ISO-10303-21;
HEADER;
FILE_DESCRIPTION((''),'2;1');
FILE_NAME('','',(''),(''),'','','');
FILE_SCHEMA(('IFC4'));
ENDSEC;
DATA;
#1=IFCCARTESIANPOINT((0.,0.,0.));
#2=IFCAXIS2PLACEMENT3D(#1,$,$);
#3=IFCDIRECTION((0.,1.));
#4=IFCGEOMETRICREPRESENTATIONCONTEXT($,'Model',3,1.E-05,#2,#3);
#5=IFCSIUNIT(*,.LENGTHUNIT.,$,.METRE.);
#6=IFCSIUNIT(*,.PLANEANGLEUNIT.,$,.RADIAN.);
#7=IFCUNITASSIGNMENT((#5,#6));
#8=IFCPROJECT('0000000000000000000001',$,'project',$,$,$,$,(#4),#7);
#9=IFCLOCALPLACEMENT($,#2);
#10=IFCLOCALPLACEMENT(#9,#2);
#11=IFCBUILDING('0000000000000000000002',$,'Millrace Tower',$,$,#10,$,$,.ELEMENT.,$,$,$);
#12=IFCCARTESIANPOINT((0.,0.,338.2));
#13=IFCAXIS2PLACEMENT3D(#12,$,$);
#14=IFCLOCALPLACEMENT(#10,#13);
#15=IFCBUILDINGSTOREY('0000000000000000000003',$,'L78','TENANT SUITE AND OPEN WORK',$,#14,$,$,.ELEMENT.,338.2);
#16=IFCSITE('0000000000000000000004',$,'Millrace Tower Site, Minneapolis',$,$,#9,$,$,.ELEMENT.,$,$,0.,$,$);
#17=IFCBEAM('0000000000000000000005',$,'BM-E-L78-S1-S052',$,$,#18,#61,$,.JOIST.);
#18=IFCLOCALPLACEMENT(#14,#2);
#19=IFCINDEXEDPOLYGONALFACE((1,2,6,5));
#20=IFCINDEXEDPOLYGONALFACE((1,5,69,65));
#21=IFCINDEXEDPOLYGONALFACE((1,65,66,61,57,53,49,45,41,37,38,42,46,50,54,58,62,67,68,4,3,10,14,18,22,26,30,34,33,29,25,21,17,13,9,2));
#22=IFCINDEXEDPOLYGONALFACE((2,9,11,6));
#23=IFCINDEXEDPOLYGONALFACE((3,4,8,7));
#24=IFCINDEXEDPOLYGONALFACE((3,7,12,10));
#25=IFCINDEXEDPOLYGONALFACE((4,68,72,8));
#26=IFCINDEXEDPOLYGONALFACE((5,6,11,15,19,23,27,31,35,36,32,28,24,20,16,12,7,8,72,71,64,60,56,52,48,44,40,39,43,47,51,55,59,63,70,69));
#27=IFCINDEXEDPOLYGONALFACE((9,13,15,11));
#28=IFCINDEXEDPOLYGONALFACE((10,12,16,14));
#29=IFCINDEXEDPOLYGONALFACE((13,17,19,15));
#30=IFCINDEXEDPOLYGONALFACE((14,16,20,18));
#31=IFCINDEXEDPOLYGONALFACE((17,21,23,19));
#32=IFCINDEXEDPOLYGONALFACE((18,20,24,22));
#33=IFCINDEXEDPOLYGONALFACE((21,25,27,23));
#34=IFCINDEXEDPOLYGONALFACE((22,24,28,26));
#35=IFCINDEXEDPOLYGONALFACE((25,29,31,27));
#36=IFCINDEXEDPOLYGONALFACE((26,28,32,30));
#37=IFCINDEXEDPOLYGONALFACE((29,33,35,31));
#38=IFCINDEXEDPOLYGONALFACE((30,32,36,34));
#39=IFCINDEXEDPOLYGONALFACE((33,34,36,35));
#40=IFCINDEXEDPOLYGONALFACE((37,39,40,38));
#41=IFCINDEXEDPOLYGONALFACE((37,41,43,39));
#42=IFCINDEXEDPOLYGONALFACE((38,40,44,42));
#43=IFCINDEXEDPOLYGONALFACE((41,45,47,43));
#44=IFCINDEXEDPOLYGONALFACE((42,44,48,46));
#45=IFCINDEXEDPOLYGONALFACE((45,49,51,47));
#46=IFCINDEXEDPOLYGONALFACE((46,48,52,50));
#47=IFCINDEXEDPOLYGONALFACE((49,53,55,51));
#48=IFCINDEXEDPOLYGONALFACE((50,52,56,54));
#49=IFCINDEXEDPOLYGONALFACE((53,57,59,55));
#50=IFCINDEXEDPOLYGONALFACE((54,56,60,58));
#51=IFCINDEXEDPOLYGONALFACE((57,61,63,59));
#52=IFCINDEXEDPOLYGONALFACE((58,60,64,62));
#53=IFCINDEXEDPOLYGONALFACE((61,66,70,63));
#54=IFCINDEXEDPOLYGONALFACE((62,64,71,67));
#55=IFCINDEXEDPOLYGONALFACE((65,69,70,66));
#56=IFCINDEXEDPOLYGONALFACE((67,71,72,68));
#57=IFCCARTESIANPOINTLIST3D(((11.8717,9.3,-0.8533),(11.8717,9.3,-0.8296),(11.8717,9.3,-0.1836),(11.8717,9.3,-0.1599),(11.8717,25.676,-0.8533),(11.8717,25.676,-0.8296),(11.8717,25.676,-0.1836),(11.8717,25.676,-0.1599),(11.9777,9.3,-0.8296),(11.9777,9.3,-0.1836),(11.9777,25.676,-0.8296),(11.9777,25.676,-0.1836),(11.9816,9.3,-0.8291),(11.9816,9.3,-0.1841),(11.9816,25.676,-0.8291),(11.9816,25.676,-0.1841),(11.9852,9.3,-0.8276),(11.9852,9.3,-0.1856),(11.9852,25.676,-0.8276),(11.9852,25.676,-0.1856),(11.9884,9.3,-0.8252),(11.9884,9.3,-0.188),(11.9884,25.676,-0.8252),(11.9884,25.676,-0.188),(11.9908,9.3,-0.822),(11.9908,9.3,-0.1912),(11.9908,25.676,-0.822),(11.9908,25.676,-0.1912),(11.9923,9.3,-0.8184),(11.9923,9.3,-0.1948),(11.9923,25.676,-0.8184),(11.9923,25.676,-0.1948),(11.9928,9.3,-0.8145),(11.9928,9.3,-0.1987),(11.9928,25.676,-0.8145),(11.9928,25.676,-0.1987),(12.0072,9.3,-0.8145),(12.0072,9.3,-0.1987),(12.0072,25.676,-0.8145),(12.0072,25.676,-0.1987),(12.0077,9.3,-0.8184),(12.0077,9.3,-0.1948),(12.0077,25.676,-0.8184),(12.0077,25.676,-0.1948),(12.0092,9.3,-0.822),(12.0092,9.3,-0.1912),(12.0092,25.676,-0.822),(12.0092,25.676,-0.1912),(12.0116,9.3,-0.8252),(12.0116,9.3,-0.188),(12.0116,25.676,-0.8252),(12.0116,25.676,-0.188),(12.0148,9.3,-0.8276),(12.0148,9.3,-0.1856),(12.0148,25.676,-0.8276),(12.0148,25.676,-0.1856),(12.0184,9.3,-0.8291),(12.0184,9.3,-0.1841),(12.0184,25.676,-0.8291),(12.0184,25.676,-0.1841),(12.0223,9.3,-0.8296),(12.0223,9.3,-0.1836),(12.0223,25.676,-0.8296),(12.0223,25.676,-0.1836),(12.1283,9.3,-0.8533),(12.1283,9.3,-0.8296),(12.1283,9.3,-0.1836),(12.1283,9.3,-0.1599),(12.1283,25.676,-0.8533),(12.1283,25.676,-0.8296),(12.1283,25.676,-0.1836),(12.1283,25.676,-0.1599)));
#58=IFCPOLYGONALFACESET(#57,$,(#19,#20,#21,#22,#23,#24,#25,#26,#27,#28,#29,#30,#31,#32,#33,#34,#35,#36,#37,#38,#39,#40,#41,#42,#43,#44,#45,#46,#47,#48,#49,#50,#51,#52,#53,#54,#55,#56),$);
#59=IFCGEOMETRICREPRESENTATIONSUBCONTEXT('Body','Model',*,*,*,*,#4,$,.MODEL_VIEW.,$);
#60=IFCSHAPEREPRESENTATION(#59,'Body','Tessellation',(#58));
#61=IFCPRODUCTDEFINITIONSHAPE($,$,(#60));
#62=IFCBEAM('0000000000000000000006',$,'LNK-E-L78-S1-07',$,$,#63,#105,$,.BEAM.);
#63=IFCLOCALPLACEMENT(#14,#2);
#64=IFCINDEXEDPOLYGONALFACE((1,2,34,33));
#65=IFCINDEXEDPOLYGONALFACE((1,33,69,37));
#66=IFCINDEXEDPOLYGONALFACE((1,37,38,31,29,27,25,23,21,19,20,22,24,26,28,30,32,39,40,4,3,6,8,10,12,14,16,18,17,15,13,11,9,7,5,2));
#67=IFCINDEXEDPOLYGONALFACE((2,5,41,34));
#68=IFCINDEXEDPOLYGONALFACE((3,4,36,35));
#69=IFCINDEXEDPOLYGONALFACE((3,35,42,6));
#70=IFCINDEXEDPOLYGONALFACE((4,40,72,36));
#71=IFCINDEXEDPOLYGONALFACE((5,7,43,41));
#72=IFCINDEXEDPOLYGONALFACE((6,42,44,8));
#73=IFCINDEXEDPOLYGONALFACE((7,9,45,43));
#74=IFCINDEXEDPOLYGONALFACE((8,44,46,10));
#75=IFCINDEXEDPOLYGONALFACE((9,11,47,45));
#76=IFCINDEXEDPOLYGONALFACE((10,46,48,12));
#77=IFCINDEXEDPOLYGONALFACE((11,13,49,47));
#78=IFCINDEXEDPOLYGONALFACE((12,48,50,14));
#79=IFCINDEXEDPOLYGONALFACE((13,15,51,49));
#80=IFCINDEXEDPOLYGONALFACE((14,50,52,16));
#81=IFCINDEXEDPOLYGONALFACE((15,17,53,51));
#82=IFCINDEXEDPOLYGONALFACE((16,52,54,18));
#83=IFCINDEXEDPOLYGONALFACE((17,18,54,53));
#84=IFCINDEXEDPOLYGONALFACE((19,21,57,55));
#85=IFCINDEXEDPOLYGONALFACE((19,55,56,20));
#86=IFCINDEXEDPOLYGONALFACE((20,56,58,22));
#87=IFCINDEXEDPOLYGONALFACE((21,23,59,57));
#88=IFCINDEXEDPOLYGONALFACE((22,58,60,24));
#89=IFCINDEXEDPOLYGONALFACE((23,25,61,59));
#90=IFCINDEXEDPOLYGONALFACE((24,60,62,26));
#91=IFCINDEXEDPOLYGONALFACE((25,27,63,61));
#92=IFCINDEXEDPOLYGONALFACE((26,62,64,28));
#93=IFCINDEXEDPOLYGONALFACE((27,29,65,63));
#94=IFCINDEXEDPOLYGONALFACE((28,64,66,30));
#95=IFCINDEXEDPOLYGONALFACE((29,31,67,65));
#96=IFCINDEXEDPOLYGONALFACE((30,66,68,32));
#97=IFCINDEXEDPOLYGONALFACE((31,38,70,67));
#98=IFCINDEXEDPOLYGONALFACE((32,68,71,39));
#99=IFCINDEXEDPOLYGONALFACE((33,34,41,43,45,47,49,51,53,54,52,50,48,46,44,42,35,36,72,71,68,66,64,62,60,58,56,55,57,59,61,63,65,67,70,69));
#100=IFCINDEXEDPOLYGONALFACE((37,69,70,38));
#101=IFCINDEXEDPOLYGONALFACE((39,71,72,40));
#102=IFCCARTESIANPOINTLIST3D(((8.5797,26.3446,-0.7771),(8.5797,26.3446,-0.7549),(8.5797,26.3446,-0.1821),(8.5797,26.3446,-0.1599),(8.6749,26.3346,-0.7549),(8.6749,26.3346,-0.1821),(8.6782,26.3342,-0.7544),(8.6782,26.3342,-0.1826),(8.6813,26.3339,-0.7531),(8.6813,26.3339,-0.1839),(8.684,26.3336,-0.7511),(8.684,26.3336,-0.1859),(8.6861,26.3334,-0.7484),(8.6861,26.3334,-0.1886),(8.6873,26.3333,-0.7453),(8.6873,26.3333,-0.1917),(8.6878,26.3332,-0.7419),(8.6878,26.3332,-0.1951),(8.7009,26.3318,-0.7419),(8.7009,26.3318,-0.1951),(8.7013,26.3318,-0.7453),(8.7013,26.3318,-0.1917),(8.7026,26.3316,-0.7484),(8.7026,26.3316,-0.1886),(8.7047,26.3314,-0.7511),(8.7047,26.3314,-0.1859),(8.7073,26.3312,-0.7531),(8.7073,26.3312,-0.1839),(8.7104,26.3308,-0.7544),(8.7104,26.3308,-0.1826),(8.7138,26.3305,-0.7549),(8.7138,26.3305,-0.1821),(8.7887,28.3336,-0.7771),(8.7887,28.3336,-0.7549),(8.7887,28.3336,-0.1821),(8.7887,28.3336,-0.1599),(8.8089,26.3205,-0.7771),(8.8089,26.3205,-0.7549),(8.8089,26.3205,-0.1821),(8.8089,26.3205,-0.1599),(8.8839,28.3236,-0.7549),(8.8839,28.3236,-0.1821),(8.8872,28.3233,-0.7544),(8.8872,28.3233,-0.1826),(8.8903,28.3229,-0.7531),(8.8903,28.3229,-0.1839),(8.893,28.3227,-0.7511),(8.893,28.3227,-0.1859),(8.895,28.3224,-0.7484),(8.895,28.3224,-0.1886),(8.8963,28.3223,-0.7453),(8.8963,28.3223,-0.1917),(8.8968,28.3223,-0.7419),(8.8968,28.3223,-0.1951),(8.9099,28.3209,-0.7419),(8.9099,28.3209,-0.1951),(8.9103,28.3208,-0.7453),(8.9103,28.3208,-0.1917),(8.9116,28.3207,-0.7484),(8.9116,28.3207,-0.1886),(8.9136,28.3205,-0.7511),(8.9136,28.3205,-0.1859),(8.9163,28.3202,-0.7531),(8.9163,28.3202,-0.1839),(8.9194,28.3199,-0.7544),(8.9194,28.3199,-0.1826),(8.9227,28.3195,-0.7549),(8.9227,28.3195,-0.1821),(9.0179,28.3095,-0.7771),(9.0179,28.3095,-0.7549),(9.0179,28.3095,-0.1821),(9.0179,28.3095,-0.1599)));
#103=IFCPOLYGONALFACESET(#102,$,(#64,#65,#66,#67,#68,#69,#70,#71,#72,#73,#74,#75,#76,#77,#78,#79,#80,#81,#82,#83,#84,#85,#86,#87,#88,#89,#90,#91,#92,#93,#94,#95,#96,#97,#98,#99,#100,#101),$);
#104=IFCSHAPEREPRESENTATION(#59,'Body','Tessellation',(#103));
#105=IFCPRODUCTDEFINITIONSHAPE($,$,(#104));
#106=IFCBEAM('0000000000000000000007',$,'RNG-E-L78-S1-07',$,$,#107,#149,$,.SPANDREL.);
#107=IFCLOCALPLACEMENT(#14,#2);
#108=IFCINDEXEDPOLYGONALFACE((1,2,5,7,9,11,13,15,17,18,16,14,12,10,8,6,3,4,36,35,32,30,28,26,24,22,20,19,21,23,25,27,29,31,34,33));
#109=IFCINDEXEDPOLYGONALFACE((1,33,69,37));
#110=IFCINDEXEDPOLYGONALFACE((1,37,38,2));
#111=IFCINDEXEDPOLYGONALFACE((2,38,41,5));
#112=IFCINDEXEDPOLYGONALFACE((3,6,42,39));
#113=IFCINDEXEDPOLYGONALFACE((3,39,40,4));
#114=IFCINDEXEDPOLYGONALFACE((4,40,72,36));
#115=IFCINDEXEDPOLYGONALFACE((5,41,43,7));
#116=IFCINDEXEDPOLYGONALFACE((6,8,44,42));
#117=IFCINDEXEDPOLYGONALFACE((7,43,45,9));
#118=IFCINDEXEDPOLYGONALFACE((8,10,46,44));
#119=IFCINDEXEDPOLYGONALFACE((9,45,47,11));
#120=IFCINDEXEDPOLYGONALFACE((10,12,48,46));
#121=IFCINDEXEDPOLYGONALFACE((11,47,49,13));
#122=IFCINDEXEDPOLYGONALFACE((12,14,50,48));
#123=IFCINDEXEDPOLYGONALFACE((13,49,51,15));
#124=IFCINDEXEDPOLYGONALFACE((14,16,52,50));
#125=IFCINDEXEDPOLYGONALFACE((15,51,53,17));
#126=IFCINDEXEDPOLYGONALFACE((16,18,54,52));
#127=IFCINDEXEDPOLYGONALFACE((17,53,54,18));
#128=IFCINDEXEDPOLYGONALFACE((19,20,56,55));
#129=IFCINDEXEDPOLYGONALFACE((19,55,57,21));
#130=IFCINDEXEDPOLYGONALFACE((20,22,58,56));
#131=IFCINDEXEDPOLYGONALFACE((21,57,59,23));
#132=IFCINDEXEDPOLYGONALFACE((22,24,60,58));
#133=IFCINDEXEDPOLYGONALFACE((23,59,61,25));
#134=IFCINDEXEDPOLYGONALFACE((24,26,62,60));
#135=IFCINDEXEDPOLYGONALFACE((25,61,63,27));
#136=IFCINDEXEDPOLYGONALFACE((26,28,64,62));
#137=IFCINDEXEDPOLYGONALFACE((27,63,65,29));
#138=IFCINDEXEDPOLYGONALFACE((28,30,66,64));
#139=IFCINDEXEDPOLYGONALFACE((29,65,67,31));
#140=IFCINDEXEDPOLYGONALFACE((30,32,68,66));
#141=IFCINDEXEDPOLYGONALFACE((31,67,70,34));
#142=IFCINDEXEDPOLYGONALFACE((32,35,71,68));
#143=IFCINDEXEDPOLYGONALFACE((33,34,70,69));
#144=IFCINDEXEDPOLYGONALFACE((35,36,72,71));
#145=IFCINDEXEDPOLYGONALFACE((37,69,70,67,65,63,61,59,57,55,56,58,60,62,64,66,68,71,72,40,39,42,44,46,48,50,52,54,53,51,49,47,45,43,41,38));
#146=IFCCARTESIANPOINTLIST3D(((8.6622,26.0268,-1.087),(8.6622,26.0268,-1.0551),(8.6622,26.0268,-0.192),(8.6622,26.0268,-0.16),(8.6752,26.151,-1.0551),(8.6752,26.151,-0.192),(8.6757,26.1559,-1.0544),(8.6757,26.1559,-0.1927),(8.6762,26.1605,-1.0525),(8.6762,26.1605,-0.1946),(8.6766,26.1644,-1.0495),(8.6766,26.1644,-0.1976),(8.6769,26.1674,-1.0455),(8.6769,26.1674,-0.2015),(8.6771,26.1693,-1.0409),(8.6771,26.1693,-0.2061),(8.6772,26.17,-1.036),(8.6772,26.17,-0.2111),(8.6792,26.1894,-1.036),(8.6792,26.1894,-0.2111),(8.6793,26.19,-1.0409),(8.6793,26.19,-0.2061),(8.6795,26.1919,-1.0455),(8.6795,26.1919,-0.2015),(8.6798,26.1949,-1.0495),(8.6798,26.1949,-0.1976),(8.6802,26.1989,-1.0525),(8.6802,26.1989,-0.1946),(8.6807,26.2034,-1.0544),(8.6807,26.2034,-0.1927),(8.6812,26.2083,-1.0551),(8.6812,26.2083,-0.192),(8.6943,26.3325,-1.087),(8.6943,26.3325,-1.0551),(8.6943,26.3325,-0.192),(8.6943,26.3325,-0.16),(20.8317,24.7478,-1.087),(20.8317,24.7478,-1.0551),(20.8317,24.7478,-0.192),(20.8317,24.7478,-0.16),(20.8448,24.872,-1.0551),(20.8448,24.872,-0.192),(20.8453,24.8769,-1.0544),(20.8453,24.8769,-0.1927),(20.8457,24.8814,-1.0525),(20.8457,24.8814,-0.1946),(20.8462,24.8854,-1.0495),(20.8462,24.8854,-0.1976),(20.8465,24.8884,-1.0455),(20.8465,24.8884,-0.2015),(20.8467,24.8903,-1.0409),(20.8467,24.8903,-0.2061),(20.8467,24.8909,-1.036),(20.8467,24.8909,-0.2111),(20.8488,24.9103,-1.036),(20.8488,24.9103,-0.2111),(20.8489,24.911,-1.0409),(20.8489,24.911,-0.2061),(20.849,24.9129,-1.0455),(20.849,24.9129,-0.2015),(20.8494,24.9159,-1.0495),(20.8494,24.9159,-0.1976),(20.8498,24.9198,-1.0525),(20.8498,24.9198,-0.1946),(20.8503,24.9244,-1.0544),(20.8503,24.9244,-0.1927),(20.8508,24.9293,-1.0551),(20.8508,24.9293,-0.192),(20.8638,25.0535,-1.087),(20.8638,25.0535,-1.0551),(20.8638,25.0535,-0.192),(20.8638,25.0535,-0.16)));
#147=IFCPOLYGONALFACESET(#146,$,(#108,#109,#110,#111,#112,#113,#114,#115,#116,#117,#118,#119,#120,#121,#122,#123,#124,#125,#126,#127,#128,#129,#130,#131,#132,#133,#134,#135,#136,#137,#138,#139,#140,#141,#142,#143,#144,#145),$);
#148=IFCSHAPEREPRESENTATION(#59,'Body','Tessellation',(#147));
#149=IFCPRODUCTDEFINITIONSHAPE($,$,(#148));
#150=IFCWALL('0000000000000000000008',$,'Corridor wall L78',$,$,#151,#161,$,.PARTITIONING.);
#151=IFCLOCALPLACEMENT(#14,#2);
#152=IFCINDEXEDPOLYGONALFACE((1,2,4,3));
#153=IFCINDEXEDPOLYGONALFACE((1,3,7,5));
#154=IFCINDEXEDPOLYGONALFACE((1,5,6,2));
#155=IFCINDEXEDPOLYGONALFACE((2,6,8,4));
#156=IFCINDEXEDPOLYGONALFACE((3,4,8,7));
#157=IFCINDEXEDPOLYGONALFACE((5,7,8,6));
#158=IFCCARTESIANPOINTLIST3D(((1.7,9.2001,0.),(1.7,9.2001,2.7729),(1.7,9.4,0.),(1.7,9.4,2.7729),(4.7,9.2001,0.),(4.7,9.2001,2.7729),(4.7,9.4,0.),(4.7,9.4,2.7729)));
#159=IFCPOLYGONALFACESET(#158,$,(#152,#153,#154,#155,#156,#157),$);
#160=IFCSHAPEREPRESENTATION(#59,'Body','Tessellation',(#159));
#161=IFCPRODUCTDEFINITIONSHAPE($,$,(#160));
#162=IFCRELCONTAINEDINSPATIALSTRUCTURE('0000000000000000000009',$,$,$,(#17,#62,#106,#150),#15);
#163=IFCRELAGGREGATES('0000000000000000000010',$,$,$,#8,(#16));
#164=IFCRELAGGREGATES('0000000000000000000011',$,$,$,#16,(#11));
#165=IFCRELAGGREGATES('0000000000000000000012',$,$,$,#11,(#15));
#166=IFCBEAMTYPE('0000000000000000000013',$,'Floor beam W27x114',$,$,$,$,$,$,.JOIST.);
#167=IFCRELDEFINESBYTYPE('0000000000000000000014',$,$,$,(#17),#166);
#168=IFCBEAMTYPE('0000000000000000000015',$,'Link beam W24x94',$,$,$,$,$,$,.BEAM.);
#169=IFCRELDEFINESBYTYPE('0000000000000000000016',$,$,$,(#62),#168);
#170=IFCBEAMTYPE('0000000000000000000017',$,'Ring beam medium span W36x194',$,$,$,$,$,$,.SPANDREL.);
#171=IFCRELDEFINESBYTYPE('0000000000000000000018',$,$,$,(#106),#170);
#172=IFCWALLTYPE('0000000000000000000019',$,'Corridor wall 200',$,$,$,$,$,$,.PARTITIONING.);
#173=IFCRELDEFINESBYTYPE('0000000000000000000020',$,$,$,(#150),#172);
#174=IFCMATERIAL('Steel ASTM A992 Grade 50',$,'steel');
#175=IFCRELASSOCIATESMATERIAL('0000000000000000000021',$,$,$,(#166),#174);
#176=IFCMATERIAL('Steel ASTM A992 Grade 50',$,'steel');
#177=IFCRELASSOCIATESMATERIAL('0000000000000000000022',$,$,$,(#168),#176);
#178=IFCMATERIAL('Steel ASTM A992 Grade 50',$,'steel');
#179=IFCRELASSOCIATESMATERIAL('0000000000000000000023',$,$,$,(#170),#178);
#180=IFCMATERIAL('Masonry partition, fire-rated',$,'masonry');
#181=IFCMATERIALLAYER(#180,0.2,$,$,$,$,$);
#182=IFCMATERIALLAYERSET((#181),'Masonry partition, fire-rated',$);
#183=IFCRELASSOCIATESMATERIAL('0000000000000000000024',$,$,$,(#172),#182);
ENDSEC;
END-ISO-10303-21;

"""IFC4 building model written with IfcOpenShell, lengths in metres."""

from ifc_helpers import new_model, si_unit, direction, frame, frame_2d, origin, origin_2d, place, context, subcontext, project, spatial, rectangle, i_section, extrude, material, layer, layer_set, material_profile, profile_set, type_object, element, save


model = new_model("IFC4")

# Units and contexts
model_context = context("Model", 3, precision=1e-05, world=origin(), true_north=direction((0.0, 1.0)))
body_context = subcontext(model_context, "Body", "Model", "MODEL_VIEW")
ifc_project = project(units=[si_unit("LENGTHUNIT", "METRE"), si_unit("PLANEANGLEUNIT", "RADIAN")], contexts=[model_context])

# Site, building, storey
site_placement = place(None, origin())
site = spatial("IfcSite", under=ifc_project, at=site_placement, Name="Millrace Tower Site, Minneapolis", CompositionType="ELEMENT", RefElevation=0.0)
building_placement = place(site_placement, origin())
building = spatial("IfcBuilding", under=site, at=building_placement, Name="Millrace Tower", CompositionType="ELEMENT")
storey_placement = place(building_placement, frame((0.0, 0.0, 338.2)))
storey = spatial("IfcBuildingStorey", under=building, at=storey_placement, Name="L78", Description="TENANT SUITE AND OPEN WORK", CompositionType="ELEMENT", Elevation=338.2)

# Beams
ifc_material_1 = material(Name="Steel ASTM A992 Grade 50", Category="steel")
ifc_material_profile_1 = material_profile(ifc_material_1, i_section(OverallWidth=0.2566, OverallDepth=0.6934, WebThickness=0.0144, FlangeThickness=0.0237, FilletRadius=0.0151, at=origin_2d()))
ifc_profile_set_1 = profile_set([ifc_material_profile_1], Name="Steel ASTM A992 Grade 50")
beam_type_1 = type_object("IfcBeamType", Name="Floor beam W27x114", PredefinedType="JOIST", material=ifc_profile_set_1)
beam_1_placement = place(storey_placement, frame((12.0, 9.3, -0.5066), z_axis=(0.0, 1.0, 0.0), x_axis=(-1.0, 0.0, 0.0)))
element("IfcBeam", 1, at=beam_1_placement, inside=storey, type_object=beam_type_1, Name="BM-E-L78-S1-S052", PredefinedType="JOIST", context=body_context, shape_type="SweptSolid", body=[
    extrude(i_section(OverallWidth=0.2566, OverallDepth=0.6934, WebThickness=0.0144, FlangeThickness=0.0237, FilletRadius=0.0151, at=origin_2d()), origin(), (0.0, 0.0, 1.0), 16.376),
])
ifc_material_2 = material(Name="Steel ASTM A992 Grade 50", Category="steel")
ifc_material_profile_2 = material_profile(ifc_material_2, i_section(OverallWidth=0.2305, OverallDepth=0.6172, WebThickness=0.0132, FlangeThickness=0.0222, FilletRadius=0.0129, at=origin_2d()))
ifc_profile_set_2 = profile_set([ifc_material_profile_2], Name="Steel ASTM A992 Grade 50")
beam_type_2 = type_object("IfcBeamType", Name="Link beam W24x94", PredefinedType="BEAM", material=ifc_profile_set_2)
beam_2_placement = place(storey_placement, frame((8.6943, 26.3325, -0.4685), z_axis=(0.104494, 0.994526, 0.0), x_axis=(-0.994526, 0.104494, 0.0)))
element("IfcBeam", 2, at=beam_2_placement, inside=storey, type_object=beam_type_2, Name="LNK-E-L78-S1-07", PredefinedType="BEAM", context=body_context, shape_type="SweptSolid", body=[
    extrude(i_section(OverallWidth=0.2305, OverallDepth=0.6172, WebThickness=0.0132, FlangeThickness=0.0222, FilletRadius=0.0129, at=origin_2d()), origin(), (0.0, 0.0, 1.0), 2.0),
])
ifc_material_3 = material(Name="Steel ASTM A992 Grade 50", Category="steel")
ifc_material_profile_3 = material_profile(ifc_material_3, i_section(OverallWidth=0.3074, OverallDepth=0.927, WebThickness=0.0195, FlangeThickness=0.032, FilletRadius=0.019, at=origin_2d()))
ifc_profile_set_3 = profile_set([ifc_material_profile_3], Name="Steel ASTM A992 Grade 50")
beam_type_3 = type_object("IfcBeamType", Name="Ring beam medium span W36x194", PredefinedType="SPANDREL", material=ifc_profile_set_3)
beam_3_placement = place(storey_placement, frame((8.6782, 26.1797, -0.6235), z_axis=(0.994522, -0.104528, 0.0), x_axis=(0.104528, 0.994522, 0.0)))
element("IfcBeam", 3, at=beam_3_placement, inside=storey, type_object=beam_type_3, Name="RNG-E-L78-S1-07", PredefinedType="SPANDREL", context=body_context, shape_type="SweptSolid", body=[
    extrude(i_section(OverallWidth=0.3074, OverallDepth=0.927, WebThickness=0.0195, FlangeThickness=0.032, FilletRadius=0.019, at=origin_2d()), origin(), (0.0, 0.0, 1.0), 12.2366),
])

# Wall
ifc_material_4 = material(Name="Masonry partition, fire-rated", Category="masonry")
ifc_layer_1 = layer(ifc_material_4, 0.2)
ifc_layer_set_1 = layer_set([ifc_layer_1], Name="Masonry partition, fire-rated")
wall_type_1 = type_object("IfcWallType", Name="Corridor wall 200", PredefinedType="PARTITIONING", material=ifc_layer_set_1)
wall_1_placement = place(storey_placement, frame((1.7, 9.3, 0.0), z_axis=(0.0, 0.0, 1.0), x_axis=(1.0, 0.0, 0.0)))
element("IfcWall", 4, at=wall_1_placement, inside=storey, type_object=wall_type_1, Name="Corridor wall L78", PredefinedType="PARTITIONING", context=body_context, shape_type="SweptSolid", body=[
    extrude(rectangle(XDim=3.0, YDim=0.2, at=frame_2d((1.5, 0.0))), origin(), (0.0, 0.0, 1.0), 2.7729),
])

save(model, "model.ifc")
